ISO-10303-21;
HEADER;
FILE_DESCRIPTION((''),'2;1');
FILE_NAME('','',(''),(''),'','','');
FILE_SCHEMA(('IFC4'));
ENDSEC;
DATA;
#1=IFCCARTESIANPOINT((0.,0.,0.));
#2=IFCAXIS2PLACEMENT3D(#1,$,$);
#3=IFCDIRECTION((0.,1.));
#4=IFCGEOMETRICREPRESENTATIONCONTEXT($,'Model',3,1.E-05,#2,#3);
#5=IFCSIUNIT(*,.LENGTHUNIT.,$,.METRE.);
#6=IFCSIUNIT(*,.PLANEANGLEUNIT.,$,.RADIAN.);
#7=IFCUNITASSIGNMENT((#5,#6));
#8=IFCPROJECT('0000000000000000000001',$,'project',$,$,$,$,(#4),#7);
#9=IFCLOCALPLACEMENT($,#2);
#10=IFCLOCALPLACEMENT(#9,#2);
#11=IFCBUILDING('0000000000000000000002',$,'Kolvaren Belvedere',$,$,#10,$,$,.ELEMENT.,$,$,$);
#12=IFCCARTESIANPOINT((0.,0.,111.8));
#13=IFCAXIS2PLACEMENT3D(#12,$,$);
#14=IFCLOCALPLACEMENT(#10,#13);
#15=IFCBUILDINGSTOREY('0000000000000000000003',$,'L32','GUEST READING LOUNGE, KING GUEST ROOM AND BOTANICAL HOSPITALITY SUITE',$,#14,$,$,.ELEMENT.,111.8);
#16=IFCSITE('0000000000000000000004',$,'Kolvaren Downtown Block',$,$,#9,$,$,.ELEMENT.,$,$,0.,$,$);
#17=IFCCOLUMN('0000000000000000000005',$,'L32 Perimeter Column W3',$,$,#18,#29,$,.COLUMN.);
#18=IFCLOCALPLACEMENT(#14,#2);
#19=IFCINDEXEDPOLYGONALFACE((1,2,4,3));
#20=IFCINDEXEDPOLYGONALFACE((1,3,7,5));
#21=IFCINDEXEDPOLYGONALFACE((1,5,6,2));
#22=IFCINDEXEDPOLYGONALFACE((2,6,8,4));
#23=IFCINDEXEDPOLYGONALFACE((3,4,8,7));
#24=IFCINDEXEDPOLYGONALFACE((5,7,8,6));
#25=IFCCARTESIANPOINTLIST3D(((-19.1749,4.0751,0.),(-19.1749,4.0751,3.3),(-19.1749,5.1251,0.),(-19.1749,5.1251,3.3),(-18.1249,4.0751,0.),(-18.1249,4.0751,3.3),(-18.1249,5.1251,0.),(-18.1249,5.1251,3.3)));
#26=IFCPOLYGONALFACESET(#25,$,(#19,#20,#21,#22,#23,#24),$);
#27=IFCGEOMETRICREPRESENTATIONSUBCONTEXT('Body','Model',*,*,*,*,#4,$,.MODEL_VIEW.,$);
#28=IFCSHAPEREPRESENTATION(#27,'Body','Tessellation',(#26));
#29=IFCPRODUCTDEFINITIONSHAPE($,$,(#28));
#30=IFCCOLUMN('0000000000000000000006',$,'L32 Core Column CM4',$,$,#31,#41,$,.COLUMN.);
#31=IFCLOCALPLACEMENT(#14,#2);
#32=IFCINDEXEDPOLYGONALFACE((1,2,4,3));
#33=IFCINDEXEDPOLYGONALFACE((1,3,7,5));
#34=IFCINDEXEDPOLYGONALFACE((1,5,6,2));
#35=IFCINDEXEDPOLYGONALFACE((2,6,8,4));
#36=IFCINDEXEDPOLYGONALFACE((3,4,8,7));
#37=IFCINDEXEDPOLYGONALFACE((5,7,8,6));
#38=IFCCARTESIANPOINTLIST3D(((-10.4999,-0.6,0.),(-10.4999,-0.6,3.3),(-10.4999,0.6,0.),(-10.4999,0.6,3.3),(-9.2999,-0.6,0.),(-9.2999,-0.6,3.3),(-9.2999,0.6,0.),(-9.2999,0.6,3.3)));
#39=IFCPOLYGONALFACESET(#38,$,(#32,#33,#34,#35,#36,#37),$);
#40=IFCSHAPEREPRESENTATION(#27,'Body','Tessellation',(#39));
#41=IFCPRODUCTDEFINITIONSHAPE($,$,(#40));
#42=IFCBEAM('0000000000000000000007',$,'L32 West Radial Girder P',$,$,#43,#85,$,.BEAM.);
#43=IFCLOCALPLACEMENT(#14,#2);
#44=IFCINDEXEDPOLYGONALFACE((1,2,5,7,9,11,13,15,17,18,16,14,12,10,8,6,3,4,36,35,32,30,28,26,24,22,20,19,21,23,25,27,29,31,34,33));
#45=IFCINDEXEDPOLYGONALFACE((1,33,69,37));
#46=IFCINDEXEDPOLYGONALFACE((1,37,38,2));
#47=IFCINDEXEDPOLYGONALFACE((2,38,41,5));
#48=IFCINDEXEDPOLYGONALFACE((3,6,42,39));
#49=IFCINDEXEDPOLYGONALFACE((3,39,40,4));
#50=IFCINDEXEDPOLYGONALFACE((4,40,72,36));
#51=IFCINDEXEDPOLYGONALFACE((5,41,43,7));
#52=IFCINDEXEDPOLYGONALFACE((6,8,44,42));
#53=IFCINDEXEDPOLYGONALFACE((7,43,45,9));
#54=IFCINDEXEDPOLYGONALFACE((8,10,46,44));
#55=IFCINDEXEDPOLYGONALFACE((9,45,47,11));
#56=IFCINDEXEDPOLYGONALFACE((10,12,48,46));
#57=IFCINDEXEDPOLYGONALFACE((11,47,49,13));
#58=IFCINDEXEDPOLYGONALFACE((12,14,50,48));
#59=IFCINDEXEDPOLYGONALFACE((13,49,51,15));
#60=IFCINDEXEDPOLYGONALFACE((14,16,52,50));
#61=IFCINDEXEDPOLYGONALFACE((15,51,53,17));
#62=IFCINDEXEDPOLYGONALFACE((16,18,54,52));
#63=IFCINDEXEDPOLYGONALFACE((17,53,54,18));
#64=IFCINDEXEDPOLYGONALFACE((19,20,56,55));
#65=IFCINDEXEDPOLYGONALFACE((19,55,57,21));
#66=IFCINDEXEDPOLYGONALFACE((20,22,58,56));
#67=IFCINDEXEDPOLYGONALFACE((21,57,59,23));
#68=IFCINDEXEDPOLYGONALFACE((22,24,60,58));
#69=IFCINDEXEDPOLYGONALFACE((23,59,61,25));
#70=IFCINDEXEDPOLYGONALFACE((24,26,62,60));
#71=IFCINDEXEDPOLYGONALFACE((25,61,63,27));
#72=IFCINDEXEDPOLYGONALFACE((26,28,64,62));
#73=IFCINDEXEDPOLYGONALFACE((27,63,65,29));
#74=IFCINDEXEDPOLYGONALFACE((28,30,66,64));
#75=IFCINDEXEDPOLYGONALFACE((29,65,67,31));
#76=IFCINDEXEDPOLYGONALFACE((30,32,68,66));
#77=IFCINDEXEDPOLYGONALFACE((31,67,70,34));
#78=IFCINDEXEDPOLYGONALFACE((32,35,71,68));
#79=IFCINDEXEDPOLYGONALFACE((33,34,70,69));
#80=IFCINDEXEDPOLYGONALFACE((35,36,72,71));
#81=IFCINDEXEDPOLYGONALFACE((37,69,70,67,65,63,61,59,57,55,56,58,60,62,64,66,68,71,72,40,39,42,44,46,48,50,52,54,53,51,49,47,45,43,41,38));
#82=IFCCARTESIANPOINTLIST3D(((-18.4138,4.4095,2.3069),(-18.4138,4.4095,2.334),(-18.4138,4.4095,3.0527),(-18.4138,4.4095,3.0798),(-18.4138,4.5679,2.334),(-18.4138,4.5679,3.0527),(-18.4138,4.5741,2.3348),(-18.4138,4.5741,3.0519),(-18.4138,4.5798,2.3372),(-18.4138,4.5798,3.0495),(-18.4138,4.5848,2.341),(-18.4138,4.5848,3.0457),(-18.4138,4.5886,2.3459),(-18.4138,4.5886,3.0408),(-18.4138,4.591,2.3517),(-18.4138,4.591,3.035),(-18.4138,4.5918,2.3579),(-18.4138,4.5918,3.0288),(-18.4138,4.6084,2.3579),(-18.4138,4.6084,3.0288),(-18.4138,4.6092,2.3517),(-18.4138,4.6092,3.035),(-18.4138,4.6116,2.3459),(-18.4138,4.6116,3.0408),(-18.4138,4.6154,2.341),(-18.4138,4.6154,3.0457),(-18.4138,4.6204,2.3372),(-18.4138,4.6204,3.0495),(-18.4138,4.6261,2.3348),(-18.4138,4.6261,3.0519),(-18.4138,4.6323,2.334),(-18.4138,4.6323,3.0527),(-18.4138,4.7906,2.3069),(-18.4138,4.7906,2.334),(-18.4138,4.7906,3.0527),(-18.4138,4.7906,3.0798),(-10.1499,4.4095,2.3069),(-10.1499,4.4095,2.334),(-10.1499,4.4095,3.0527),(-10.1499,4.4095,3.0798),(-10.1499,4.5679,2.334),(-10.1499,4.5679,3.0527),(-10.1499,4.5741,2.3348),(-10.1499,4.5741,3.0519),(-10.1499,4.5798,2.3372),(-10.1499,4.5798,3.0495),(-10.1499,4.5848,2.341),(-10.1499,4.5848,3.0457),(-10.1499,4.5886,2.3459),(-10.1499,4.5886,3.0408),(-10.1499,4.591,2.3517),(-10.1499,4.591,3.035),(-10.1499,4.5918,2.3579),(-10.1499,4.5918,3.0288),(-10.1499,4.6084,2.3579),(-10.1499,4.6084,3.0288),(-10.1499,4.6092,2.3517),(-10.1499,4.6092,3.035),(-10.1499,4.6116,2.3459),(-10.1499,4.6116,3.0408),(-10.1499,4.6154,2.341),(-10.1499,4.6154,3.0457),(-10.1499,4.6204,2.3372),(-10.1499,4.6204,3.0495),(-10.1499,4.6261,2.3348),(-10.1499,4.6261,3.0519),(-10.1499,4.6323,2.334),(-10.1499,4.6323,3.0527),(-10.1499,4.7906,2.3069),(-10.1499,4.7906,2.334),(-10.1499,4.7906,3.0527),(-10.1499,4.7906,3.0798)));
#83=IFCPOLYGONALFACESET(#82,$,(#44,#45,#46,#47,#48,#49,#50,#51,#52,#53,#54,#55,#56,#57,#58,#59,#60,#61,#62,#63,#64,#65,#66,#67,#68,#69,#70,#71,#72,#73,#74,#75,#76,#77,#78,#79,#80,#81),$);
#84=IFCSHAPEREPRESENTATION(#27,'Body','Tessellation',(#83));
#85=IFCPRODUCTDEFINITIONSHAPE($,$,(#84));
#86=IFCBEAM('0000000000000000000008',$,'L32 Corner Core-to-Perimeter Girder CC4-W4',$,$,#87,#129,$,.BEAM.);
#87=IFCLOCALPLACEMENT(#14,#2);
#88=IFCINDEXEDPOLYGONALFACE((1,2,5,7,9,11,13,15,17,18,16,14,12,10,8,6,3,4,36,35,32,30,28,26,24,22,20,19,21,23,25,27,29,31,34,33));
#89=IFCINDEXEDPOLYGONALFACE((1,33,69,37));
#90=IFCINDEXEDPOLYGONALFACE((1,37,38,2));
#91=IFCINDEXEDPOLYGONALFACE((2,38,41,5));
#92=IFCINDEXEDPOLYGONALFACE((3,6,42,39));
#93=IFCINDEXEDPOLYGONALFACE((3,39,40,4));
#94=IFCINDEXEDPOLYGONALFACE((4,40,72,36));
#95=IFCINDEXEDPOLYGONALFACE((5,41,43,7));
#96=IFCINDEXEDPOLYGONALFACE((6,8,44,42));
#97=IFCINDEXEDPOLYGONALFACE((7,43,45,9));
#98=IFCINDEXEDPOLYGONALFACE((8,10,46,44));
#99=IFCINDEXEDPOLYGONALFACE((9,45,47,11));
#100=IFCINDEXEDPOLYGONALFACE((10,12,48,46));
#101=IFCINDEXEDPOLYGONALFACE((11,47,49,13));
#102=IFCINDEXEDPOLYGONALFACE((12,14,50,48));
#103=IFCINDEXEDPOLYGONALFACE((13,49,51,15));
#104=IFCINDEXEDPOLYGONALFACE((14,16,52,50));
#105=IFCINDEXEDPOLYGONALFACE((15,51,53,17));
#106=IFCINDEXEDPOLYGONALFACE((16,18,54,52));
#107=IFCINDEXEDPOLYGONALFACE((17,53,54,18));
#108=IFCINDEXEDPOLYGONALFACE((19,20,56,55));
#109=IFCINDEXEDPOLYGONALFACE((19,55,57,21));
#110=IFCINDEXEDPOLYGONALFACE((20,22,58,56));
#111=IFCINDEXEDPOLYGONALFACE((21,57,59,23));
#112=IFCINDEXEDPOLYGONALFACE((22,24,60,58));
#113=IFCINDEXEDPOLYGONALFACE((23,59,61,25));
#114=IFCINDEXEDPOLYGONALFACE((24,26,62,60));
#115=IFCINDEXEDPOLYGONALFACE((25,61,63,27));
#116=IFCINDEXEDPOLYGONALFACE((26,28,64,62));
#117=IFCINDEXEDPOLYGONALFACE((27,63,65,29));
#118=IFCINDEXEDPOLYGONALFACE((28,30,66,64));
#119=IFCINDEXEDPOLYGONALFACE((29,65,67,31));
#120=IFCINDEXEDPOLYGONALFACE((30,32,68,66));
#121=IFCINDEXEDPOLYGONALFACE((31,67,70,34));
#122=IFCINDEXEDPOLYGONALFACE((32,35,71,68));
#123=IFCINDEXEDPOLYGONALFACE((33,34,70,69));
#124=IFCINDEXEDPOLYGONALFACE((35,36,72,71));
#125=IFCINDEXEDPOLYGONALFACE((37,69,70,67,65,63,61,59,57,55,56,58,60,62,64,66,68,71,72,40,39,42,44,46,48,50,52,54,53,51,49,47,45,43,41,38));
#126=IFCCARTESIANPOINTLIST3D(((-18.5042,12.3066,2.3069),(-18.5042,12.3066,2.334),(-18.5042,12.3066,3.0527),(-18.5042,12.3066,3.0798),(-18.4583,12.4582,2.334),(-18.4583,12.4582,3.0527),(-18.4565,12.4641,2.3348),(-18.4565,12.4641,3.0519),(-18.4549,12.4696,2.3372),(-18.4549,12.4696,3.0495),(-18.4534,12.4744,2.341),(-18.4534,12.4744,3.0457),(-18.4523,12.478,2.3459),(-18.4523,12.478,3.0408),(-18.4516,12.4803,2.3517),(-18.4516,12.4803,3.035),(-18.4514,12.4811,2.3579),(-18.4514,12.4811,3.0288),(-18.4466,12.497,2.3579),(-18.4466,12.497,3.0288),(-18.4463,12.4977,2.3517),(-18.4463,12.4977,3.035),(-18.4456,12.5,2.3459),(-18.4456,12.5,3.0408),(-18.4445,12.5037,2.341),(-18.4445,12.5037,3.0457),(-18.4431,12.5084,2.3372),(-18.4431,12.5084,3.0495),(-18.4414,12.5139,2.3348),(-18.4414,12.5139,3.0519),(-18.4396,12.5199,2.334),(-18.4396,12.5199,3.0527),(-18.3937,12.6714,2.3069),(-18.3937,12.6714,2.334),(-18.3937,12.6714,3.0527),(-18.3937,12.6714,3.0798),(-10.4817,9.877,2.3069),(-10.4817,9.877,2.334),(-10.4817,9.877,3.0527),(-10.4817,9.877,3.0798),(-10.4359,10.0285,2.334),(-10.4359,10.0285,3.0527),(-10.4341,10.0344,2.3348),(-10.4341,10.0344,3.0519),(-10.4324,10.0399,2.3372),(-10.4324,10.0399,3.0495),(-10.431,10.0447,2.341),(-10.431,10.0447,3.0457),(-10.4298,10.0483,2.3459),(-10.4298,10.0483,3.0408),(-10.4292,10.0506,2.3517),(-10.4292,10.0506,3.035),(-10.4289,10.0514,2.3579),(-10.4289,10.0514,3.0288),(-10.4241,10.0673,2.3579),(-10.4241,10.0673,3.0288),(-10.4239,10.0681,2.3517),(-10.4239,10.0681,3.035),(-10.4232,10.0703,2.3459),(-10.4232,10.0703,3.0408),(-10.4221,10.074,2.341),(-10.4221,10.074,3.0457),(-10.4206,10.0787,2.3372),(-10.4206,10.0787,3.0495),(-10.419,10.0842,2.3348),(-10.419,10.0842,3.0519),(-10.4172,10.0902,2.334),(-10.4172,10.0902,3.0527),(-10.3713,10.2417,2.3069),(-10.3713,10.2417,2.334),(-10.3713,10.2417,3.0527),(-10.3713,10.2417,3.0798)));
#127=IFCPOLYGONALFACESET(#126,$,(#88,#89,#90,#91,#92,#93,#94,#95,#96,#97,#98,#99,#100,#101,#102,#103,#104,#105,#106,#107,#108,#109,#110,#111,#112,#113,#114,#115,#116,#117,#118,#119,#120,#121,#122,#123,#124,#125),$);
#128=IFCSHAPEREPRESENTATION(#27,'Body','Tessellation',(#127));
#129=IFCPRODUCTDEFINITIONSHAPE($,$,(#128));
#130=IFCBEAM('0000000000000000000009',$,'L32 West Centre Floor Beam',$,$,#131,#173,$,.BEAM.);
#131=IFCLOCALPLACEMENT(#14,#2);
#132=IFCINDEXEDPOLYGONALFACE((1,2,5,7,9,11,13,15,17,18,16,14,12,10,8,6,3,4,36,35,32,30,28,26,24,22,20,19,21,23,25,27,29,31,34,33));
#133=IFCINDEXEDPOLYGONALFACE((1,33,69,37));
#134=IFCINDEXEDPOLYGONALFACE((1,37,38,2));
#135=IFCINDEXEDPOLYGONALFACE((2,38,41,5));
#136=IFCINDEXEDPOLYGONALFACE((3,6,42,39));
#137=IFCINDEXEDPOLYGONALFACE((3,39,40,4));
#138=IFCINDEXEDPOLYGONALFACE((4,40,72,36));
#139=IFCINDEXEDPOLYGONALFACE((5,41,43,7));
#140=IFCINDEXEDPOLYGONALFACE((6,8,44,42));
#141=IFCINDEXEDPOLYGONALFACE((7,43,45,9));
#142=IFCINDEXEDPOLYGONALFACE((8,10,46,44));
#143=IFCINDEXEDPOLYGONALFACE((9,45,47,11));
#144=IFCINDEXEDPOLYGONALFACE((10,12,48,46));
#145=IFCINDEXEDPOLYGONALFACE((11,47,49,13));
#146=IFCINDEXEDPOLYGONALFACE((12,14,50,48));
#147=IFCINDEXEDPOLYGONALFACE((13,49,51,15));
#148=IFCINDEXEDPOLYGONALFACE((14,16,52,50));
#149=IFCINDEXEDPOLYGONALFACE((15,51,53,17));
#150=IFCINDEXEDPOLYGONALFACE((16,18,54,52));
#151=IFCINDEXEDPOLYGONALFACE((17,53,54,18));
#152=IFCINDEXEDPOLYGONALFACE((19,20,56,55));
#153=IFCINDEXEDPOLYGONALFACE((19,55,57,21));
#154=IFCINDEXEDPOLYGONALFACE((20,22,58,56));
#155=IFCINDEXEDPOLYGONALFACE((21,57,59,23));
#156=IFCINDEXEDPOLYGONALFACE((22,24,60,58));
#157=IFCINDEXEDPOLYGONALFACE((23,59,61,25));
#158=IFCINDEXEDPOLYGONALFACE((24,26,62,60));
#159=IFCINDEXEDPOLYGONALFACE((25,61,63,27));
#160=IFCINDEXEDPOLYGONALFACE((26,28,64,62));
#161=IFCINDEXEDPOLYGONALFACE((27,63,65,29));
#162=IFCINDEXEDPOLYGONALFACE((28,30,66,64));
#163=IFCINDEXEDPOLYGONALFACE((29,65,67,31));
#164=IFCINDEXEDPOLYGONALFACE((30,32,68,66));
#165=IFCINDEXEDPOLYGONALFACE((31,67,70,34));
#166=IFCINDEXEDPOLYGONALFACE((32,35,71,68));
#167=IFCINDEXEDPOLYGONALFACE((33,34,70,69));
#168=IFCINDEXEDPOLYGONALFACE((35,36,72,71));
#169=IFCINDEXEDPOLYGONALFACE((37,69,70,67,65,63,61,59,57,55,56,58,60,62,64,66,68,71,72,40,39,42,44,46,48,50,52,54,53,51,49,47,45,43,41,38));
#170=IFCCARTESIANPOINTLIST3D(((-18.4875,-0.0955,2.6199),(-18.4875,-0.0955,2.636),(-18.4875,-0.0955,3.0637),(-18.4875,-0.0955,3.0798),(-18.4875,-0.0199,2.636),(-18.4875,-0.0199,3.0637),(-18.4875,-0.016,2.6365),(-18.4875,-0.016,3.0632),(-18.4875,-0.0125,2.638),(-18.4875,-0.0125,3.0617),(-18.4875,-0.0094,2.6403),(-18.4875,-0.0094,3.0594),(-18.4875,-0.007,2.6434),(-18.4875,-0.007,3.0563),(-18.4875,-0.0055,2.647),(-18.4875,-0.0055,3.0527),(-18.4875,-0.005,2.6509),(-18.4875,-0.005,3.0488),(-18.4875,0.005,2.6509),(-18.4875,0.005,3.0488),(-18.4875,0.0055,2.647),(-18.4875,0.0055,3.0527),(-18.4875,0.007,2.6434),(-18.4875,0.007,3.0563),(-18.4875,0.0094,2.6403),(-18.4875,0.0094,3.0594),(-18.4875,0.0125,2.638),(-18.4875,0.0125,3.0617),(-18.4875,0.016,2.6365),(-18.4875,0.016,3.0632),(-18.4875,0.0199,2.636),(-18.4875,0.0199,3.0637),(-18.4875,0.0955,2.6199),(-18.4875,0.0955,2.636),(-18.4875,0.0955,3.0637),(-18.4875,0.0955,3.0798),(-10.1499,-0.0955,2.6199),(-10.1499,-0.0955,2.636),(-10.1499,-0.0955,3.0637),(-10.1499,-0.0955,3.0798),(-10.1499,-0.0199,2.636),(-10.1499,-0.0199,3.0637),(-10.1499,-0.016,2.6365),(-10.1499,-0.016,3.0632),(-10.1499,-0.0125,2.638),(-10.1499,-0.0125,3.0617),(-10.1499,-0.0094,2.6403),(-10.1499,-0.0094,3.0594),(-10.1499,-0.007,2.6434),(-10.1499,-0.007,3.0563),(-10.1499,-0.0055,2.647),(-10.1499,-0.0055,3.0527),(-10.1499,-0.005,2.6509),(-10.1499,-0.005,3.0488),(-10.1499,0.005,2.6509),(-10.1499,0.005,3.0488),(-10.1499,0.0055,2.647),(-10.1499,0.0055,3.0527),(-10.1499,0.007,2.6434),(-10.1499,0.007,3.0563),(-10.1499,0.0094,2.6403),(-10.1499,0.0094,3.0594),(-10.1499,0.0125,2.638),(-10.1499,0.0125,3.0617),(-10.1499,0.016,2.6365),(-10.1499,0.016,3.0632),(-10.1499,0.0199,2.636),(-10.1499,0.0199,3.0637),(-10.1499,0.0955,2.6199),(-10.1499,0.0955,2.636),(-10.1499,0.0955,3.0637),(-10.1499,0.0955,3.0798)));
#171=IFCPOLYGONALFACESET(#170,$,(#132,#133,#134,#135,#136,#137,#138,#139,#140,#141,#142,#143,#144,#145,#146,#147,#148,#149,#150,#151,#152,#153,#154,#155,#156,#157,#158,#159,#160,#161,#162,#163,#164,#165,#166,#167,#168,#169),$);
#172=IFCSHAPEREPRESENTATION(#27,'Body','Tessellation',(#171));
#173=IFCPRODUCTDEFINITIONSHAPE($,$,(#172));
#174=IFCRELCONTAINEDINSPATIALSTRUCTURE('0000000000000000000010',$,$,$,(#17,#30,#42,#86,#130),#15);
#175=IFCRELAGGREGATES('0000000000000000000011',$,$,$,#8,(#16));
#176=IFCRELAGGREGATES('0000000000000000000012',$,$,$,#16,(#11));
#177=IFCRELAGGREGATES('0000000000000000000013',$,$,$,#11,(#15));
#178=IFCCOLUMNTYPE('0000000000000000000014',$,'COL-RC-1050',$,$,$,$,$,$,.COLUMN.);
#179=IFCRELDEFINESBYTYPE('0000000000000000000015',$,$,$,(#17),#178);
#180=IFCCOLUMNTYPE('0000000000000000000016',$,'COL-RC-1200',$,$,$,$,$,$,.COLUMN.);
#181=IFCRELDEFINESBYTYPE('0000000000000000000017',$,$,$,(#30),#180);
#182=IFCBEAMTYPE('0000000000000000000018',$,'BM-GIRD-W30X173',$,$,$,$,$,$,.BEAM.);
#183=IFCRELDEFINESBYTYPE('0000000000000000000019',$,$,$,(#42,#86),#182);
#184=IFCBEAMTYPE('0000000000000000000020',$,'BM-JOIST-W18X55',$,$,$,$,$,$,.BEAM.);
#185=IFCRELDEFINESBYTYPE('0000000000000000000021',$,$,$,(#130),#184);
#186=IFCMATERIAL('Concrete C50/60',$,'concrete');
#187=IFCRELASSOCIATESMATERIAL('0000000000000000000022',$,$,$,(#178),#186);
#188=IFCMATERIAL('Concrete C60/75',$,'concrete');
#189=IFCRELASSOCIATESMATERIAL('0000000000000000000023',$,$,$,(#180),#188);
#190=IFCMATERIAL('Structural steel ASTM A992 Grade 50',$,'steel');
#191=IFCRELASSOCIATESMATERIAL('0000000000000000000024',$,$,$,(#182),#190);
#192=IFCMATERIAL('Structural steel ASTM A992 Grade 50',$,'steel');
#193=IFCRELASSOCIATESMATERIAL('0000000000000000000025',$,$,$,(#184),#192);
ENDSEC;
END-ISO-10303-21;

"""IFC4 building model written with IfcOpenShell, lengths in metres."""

from ifc_helpers import new_model, si_unit, direction, frame, origin, origin_2d, place, context, subcontext, project, spatial, rectangle, i_section, extrude, material, material_profile, profile_set, type_object, element, save


model = new_model("IFC4")

# Units and contexts
model_context = context("Model", 3, precision=1e-05, world=origin(), true_north=direction((0.0, 1.0)))
body_context = subcontext(model_context, "Body", "Model", "MODEL_VIEW")
ifc_project = project(units=[si_unit("LENGTHUNIT", "METRE"), si_unit("PLANEANGLEUNIT", "RADIAN")], contexts=[model_context])

# Site, building, storey
site_placement = place(None, origin())
site = spatial("IfcSite", under=ifc_project, at=site_placement, Name="Kolvaren Downtown Block", CompositionType="ELEMENT", RefElevation=0.0)
building_placement = place(site_placement, origin())
building = spatial("IfcBuilding", under=site, at=building_placement, Name="Kolvaren Belvedere", CompositionType="ELEMENT")
storey_placement = place(building_placement, frame((0.0, 0.0, 111.8)))
storey = spatial("IfcBuildingStorey", under=building, at=storey_placement, Name="L32", Description="GUEST READING LOUNGE, KING GUEST ROOM AND BOTANICAL HOSPITALITY SUITE", CompositionType="ELEMENT", Elevation=111.8)

# Columns
ifc_material_1 = material(Name="Concrete C50/60", Category="concrete")
ifc_material_profile_1 = material_profile(ifc_material_1, rectangle(XDim=1.05, YDim=1.05, at=origin_2d()), Name="RC 1050X1050")
ifc_profile_set_1 = profile_set([ifc_material_profile_1], Name="Concrete C50/60")
column_type_1 = type_object("IfcColumnType", Name="COL-RC-1050", PredefinedType="COLUMN", material=ifc_profile_set_1)
column_1_placement = place(storey_placement, frame((-18.6499, 4.6001, 0.0), z_axis=(0.0, 0.0, 1.0), x_axis=(1.0, 0.0, 0.0)))
element("IfcColumn", 1, at=column_1_placement, inside=storey, type_object=column_type_1, Name="L32 Perimeter Column W3", PredefinedType="COLUMN", context=body_context, shape_type="SweptSolid", body=[
    extrude(rectangle(XDim=1.05, YDim=1.05, at=origin_2d()), origin(), (0.0, 0.0, 1.0), 3.3),
])
ifc_material_2 = material(Name="Concrete C60/75", Category="concrete")
ifc_material_profile_2 = material_profile(ifc_material_2, rectangle(XDim=1.2, YDim=1.2, at=origin_2d()), Name="RC 1200X1200")
ifc_profile_set_2 = profile_set([ifc_material_profile_2], Name="Concrete C60/75")
column_type_2 = type_object("IfcColumnType", Name="COL-RC-1200", PredefinedType="COLUMN", material=ifc_profile_set_2)
column_2_placement = place(storey_placement, frame((-9.8999, 0.0, 0.0), z_axis=(0.0, 0.0, 1.0), x_axis=(1.0, 0.0, 0.0)))
element("IfcColumn", 2, at=column_2_placement, inside=storey, type_object=column_type_2, Name="L32 Core Column CM4", PredefinedType="COLUMN", context=body_context, shape_type="SweptSolid", body=[
    extrude(rectangle(XDim=1.2, YDim=1.2, at=origin_2d()), origin(), (0.0, 0.0, 1.0), 3.3),
])

# Beams
ifc_material_3 = material(Name="Structural steel ASTM A992 Grade 50", Category="steel")
ifc_material_profile_3 = material_profile(ifc_material_3, i_section(OverallWidth=0.3811, OverallDepth=0.7729, WebThickness=0.0166, FlangeThickness=0.0271, FilletRadius=0.0239, at=origin_2d()), Name="W30X173")
ifc_profile_set_3 = profile_set([ifc_material_profile_3], Name="Structural steel ASTM A992 Grade 50")
beam_type_1 = type_object("IfcBeamType", Name="BM-GIRD-W30X173", PredefinedType="BEAM", material=ifc_profile_set_3)
beam_1_placement = place(storey_placement, frame((-10.1499, 4.6001, 2.6934), z_axis=(-1.0, 0.0, 0.0), x_axis=(0.0, -1.0, 0.0)))
element("IfcBeam", 3, at=beam_1_placement, inside=storey, type_object=beam_type_1, Name="L32 West Radial Girder P", PredefinedType="BEAM", context=body_context, shape_type="SweptSolid", body=[
    extrude(i_section(OverallWidth=0.3811, OverallDepth=0.7729, WebThickness=0.0166, FlangeThickness=0.0271, FilletRadius=0.0239, at=origin_2d()), origin(), (0.0, 0.0, 1.0), 8.2639),
])
beam_2_placement = place(storey_placement, frame((-10.4265, 10.0593, 2.6934), z_axis=(-0.957069, 0.289859, 0.0), x_axis=(-0.289859, -0.957069, 0.0)))
element("IfcBeam", 4, at=beam_2_placement, inside=storey, type_object=beam_type_1, Name="L32 Corner Core-to-Perimeter Girder CC4-W4", PredefinedType="BEAM", context=body_context, shape_type="SweptSolid", body=[
    extrude(i_section(OverallWidth=0.3811, OverallDepth=0.7729, WebThickness=0.0166, FlangeThickness=0.0271, FilletRadius=0.0239, at=origin_2d()), origin(), (0.0, 0.0, 1.0), 8.3823),
])
ifc_material_4 = material(Name="Structural steel ASTM A992 Grade 50", Category="steel")
ifc_material_profile_4 = material_profile(ifc_material_4, i_section(OverallWidth=0.1909, OverallDepth=0.46, WebThickness=0.01, FlangeThickness=0.0161, FilletRadius=0.0149, at=origin_2d()), Name="W18X55")
ifc_profile_set_4 = profile_set([ifc_material_profile_4], Name="Structural steel ASTM A992 Grade 50")
beam_type_2 = type_object("IfcBeamType", Name="BM-JOIST-W18X55", PredefinedType="BEAM", material=ifc_profile_set_4)
beam_3_placement = place(storey_placement, frame((-10.1499, 0.0, 2.8499), z_axis=(-1.0, 0.0, 0.0), x_axis=(0.0, -1.0, 0.0)))
element("IfcBeam", 5, at=beam_3_placement, inside=storey, type_object=beam_type_2, Name="L32 West Centre Floor Beam", PredefinedType="BEAM", context=body_context, shape_type="SweptSolid", body=[
    extrude(i_section(OverallWidth=0.1909, OverallDepth=0.46, WebThickness=0.01, FlangeThickness=0.0161, FilletRadius=0.0149, at=origin_2d()), origin(), (0.0, 0.0, 1.0), 8.3376),
])

save(model, "model.ifc")
